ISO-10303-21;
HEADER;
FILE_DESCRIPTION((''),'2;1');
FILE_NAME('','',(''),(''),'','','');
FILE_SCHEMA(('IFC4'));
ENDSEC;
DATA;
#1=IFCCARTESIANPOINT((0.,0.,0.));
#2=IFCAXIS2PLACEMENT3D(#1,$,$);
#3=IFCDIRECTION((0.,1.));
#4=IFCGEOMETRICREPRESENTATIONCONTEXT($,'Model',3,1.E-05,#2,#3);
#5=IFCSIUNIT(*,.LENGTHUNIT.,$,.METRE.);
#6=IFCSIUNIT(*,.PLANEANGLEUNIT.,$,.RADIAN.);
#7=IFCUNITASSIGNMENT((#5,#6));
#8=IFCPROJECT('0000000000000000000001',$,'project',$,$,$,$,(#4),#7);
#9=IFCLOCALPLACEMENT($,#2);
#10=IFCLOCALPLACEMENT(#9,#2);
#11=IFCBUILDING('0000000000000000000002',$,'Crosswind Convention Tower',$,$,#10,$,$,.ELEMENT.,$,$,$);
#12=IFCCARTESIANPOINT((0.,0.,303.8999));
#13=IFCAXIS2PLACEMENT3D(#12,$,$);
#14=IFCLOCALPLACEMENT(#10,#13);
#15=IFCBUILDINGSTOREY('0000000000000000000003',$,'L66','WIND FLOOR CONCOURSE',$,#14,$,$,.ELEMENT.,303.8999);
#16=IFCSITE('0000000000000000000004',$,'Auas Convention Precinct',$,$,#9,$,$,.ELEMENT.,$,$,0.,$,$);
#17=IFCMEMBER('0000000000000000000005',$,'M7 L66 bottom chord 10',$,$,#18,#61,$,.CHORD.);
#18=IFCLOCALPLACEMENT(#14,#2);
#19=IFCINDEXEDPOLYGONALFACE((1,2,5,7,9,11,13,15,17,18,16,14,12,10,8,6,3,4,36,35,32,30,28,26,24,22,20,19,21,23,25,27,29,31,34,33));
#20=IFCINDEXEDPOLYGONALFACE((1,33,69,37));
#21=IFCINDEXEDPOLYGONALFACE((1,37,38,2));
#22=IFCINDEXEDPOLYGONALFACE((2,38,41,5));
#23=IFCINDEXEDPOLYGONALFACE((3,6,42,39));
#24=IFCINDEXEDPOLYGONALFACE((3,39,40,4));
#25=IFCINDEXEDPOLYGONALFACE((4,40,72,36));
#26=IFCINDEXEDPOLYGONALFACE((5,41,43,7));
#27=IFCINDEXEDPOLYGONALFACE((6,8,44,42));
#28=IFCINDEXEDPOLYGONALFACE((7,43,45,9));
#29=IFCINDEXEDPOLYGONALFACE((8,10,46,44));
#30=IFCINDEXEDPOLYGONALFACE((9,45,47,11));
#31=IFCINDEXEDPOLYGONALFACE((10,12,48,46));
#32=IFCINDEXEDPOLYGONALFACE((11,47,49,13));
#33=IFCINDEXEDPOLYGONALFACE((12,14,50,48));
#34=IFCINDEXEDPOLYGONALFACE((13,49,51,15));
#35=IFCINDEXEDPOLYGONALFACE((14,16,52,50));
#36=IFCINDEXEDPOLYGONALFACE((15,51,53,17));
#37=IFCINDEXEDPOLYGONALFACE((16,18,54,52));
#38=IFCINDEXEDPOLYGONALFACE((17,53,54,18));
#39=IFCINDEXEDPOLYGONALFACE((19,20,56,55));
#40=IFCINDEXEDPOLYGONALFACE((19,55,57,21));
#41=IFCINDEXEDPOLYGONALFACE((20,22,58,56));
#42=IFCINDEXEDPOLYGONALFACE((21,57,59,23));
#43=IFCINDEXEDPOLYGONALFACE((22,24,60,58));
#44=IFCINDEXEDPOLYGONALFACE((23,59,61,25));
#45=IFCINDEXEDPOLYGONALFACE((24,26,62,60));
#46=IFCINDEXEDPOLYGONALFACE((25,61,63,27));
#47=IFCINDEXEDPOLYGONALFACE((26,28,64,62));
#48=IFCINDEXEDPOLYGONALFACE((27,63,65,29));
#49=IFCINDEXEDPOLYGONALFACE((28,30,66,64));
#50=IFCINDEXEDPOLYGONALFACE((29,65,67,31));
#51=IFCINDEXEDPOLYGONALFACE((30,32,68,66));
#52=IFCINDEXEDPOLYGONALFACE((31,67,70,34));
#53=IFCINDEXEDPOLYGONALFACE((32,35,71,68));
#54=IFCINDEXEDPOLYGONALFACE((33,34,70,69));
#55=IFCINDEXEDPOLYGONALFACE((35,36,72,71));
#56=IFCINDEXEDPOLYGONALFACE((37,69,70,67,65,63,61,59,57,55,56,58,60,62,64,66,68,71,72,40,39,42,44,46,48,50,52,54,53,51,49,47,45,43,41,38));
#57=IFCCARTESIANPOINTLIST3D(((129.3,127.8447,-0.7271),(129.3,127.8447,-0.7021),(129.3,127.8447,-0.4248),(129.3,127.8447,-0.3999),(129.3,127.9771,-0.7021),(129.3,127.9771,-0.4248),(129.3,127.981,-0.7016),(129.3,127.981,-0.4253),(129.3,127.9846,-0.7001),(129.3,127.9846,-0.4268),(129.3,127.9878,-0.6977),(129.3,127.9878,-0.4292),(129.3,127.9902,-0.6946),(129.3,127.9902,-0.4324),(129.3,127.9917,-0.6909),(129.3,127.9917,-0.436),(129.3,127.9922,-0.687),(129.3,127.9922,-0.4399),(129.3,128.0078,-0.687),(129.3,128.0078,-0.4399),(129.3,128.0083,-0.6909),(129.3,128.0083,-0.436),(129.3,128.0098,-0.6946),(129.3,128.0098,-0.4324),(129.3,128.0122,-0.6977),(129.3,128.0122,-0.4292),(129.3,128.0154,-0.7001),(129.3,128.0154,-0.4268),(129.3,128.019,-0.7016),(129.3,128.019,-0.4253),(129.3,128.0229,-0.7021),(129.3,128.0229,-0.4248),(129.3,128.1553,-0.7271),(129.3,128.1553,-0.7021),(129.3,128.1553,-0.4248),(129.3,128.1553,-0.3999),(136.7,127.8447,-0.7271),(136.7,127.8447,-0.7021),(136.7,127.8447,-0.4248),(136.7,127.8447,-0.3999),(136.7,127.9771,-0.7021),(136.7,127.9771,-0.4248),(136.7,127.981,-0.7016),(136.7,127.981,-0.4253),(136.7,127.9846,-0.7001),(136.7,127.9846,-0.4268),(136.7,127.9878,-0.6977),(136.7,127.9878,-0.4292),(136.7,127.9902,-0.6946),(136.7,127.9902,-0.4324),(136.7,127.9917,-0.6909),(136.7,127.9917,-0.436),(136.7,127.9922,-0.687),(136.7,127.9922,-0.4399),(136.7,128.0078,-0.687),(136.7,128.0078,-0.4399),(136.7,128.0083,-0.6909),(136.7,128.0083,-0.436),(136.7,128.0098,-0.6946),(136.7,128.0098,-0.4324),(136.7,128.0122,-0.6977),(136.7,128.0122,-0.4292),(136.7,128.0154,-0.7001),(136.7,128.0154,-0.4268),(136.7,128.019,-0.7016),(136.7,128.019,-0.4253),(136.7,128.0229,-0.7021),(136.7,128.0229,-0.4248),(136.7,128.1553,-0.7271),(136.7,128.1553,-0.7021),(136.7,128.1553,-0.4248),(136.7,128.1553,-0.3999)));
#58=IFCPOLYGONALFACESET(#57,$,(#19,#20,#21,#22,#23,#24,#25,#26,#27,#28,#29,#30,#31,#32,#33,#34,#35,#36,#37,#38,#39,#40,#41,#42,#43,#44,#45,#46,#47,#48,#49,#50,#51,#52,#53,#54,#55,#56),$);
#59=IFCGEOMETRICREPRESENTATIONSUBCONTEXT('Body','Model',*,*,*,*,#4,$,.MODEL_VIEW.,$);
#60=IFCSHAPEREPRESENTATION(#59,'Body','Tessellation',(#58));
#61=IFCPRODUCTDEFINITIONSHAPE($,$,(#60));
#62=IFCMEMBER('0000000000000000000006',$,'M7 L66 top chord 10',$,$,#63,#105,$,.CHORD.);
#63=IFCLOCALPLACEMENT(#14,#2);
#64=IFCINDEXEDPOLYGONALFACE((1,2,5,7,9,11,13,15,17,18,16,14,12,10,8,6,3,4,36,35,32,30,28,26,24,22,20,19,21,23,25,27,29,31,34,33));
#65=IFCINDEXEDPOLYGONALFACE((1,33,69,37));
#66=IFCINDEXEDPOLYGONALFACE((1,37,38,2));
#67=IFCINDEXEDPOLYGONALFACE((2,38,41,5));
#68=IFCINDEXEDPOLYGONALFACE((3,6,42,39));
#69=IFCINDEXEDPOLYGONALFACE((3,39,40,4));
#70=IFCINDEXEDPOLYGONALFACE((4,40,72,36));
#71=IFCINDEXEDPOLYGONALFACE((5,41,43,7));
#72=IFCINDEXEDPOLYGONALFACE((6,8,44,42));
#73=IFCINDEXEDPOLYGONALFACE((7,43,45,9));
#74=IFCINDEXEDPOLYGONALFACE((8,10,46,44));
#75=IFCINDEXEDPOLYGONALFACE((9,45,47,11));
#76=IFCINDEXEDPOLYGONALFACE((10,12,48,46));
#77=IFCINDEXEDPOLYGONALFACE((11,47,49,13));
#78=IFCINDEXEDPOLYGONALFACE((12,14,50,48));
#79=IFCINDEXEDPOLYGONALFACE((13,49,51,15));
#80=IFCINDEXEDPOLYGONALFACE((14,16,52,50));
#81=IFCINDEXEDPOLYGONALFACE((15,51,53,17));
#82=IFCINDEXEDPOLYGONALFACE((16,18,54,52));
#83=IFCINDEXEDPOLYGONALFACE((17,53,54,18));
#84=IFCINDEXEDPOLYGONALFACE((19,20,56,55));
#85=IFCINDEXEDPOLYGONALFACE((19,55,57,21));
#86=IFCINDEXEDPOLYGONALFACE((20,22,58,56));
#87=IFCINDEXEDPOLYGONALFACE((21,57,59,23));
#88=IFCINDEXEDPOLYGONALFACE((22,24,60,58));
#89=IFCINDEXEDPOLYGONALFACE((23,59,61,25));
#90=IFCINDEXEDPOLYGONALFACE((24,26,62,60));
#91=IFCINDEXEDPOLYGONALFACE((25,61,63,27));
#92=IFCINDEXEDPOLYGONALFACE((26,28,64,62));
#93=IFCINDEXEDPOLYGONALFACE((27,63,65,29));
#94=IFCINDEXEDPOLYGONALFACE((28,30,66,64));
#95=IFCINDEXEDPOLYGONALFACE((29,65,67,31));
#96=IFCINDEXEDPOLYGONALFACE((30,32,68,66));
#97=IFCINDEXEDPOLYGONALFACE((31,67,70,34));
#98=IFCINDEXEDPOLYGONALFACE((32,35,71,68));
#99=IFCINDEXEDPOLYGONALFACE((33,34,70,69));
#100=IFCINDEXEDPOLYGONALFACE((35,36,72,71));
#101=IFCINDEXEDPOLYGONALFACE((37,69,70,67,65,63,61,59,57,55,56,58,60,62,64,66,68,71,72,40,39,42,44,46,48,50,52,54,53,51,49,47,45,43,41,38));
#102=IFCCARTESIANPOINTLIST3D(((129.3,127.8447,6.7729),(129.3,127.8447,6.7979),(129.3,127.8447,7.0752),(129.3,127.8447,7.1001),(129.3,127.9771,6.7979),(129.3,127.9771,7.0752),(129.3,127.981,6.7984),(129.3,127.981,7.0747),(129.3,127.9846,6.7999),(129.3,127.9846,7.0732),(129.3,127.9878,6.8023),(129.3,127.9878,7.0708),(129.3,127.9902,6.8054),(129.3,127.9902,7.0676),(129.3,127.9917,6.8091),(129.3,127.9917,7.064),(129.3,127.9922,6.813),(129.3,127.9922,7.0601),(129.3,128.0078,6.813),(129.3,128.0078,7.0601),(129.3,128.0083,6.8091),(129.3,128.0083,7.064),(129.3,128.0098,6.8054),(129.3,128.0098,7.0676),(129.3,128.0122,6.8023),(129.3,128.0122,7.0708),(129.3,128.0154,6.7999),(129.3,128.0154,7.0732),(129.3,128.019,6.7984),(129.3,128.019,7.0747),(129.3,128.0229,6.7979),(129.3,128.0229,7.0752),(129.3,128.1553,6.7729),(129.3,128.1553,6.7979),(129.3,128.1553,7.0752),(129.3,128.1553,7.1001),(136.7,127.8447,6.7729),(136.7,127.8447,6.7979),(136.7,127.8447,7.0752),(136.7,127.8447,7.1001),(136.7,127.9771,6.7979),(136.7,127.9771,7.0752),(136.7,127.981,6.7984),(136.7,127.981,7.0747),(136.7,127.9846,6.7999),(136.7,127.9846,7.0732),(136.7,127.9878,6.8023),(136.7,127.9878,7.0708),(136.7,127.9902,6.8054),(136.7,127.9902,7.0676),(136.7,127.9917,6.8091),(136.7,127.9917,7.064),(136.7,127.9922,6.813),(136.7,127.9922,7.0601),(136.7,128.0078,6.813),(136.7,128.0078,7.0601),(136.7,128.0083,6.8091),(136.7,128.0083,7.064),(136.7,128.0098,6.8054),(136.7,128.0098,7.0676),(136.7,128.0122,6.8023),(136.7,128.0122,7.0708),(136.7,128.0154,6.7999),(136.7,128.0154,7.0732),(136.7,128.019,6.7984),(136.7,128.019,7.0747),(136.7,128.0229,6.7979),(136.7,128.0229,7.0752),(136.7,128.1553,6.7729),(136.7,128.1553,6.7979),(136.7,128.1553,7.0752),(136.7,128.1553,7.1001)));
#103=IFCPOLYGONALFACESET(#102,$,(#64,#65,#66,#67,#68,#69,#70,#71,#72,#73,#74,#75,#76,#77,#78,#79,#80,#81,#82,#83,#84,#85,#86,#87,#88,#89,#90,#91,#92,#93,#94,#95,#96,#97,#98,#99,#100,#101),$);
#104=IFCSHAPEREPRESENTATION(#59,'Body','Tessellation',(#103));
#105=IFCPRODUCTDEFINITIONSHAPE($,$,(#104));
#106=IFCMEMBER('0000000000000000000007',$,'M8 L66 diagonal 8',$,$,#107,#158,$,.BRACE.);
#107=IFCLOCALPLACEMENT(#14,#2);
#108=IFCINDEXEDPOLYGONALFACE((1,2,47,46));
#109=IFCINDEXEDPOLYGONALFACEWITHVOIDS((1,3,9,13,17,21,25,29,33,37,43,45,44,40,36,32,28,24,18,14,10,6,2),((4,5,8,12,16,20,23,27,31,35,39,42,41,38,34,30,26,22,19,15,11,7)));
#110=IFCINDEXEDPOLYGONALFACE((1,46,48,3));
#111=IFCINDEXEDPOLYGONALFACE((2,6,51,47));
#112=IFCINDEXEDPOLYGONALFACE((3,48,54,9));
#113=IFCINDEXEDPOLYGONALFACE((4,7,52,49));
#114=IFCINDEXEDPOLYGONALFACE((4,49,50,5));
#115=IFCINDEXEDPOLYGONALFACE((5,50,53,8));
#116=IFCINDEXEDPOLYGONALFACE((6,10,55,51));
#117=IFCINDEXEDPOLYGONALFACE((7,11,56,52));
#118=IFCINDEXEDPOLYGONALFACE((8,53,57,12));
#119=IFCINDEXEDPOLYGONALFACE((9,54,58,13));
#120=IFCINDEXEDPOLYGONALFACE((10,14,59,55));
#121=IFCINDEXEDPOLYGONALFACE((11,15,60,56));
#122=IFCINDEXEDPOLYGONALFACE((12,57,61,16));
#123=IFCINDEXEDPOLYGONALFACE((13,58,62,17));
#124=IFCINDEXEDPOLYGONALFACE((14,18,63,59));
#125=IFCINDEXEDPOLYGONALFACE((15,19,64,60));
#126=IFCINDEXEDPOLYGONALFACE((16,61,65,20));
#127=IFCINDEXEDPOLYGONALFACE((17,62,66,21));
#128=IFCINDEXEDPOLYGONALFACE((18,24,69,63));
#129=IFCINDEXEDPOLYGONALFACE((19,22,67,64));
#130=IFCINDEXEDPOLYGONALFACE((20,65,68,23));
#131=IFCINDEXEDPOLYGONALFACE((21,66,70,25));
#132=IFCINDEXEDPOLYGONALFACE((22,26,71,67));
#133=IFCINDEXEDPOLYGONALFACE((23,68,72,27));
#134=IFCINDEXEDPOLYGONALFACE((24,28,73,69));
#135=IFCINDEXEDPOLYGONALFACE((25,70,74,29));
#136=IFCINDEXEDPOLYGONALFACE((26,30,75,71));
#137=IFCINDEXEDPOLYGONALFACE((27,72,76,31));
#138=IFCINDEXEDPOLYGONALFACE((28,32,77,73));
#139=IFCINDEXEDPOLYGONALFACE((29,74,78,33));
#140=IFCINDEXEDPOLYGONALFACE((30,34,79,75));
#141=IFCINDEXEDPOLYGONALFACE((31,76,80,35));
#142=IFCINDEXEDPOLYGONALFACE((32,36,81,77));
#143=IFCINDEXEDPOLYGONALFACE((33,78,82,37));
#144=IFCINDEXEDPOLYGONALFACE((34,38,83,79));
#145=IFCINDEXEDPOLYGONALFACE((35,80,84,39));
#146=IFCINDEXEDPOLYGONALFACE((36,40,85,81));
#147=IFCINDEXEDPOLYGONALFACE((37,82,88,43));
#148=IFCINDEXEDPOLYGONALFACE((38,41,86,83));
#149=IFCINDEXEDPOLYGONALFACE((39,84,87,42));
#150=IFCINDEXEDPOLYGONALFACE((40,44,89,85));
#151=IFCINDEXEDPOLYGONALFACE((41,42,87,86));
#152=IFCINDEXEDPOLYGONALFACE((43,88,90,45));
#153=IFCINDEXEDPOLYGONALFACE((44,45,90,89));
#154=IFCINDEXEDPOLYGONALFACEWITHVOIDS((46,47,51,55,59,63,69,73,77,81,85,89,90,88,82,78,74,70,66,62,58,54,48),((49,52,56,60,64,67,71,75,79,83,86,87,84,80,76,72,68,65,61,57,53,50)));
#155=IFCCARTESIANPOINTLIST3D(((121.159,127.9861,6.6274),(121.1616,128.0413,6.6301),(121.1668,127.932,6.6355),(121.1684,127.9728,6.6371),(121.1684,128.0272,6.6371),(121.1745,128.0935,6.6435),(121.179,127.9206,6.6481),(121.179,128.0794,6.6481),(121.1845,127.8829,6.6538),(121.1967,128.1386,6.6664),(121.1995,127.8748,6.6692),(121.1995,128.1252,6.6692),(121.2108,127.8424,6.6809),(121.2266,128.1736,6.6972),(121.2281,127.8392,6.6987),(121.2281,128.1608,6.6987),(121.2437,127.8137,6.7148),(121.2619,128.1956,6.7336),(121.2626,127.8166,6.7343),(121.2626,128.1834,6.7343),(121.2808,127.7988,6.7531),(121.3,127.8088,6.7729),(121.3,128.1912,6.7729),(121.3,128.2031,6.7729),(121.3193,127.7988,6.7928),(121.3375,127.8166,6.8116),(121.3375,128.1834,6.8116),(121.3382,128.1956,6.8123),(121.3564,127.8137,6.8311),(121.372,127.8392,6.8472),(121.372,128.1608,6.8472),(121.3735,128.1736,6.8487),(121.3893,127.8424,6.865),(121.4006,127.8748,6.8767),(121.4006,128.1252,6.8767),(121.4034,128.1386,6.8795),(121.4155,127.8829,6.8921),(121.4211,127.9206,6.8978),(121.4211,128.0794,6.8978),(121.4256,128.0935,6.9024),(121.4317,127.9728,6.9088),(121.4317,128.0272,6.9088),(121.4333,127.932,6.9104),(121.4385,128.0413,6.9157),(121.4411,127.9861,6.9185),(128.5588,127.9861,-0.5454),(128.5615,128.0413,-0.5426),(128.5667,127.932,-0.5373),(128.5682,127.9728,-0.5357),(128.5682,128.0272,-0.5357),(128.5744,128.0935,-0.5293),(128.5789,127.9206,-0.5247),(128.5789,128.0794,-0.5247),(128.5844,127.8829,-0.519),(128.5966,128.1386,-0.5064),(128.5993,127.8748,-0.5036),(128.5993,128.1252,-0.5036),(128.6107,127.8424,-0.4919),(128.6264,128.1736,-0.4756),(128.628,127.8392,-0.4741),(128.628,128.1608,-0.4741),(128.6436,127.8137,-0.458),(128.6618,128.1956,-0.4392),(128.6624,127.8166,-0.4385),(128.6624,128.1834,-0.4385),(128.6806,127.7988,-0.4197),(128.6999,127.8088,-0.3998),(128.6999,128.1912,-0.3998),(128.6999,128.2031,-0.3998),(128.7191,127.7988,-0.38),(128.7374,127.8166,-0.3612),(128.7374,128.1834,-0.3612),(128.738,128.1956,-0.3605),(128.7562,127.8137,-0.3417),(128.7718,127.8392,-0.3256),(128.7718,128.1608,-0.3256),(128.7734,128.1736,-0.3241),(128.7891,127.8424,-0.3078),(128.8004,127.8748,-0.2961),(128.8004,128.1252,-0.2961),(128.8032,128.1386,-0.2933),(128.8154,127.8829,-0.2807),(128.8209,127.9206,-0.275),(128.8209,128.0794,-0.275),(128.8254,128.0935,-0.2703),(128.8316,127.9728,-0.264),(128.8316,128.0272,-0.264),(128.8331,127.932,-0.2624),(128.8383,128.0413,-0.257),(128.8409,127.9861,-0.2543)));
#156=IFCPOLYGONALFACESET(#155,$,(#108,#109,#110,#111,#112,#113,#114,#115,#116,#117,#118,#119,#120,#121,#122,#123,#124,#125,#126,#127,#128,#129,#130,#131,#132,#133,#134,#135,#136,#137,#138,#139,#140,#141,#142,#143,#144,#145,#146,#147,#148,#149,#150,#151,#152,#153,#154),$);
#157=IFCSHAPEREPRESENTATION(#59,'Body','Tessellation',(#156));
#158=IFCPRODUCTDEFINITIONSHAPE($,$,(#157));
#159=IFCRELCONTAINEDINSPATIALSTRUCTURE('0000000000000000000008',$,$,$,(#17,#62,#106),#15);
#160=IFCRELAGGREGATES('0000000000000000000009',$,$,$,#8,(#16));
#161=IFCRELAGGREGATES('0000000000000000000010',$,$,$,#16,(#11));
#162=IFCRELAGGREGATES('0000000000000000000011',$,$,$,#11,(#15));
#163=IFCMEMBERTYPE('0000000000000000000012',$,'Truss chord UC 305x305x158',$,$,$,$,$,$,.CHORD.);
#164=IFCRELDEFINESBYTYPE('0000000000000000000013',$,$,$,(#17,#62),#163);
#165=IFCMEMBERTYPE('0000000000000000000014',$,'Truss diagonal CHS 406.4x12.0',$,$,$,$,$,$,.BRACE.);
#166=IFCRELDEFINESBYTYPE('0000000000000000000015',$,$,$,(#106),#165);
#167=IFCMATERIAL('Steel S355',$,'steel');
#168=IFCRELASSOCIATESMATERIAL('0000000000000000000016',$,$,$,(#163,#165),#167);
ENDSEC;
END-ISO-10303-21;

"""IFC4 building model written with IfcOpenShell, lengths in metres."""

from ifc_helpers import new_model, si_unit, direction, frame, origin, origin_2d, place, context, subcontext, project, spatial, hollow_circle, i_section, extrude, material, material_profile, profile_set, type_object, element, save


model = new_model("IFC4")

# Units and contexts
model_context = context("Model", 3, precision=1e-05, world=origin(), true_north=direction((0.0, 1.0)))
body_context = subcontext(model_context, "Body", "Model", "MODEL_VIEW")
ifc_project = project(units=[si_unit("LENGTHUNIT", "METRE"), si_unit("PLANEANGLEUNIT", "RADIAN")], contexts=[model_context])

# Site, building, storey
site_placement = place(None, origin())
site = spatial("IfcSite", under=ifc_project, at=site_placement, Name="Auas Convention Precinct", CompositionType="ELEMENT", RefElevation=0.0)
building_placement = place(site_placement, origin())
building = spatial("IfcBuilding", under=site, at=building_placement, Name="Crosswind Convention Tower", CompositionType="ELEMENT")
storey_placement = place(building_placement, frame((0.0, 0.0, 303.8999)))
storey = spatial("IfcBuildingStorey", under=building, at=storey_placement, Name="L66", Description="WIND FLOOR CONCOURSE", CompositionType="ELEMENT", Elevation=303.8999)

# Shared definitions
ifc_material_1 = material(Name="Steel S355", Category="steel")

# Members
ifc_material_profile_1 = material_profile(ifc_material_1, i_section(OverallWidth=0.3105, OverallDepth=0.3271, WebThickness=0.0156, FlangeThickness=0.0249, FilletRadius=0.0151, at=origin_2d()), Name="UC 305x305x158")
ifc_profile_set_1 = profile_set([ifc_material_profile_1], Name="Steel S355")
member_type_1 = type_object("IfcMemberType", Name="Truss chord UC 305x305x158", PredefinedType="CHORD", material=ifc_profile_set_1)
for number, where, z_axis, x_axis, name in (
    (1, (129.3, 128.0, -0.5635), (1.0, 0.0, 0.0), (0.0, 1.0, 0.0), "M7 L66 bottom chord 10"),
    (2, (129.3, 128.0, 6.9365), (1.0, 0.0, 0.0), (0.0, 1.0, 0.0), "M7 L66 top chord 10"),
):
    element("IfcMember", number, at=place(storey_placement, frame(where, z_axis=z_axis, x_axis=x_axis)), inside=storey, type_object=member_type_1, Name=name, PredefinedType="CHORD", context=body_context, shape_type="SweptSolid", body=[
        extrude(i_section(OverallWidth=0.3105, OverallDepth=0.3271, WebThickness=0.0156, FlangeThickness=0.0249, FilletRadius=0.0151, at=origin_2d()), origin(), (0.0, 0.0, 1.0), 7.3999),
    ])
ifc_material_profile_2 = material_profile(ifc_material_1, hollow_circle(Radius=0.2031, WallThickness=0.012, at=origin_2d()), Name="CHS 406.4x12.0")
ifc_profile_set_2 = profile_set([ifc_material_profile_2], Name="Steel S355")
member_type_2 = type_object("IfcMemberType", Name="Truss diagonal CHS 406.4x12.0", PredefinedType="BRACE", material=ifc_profile_set_2)
for number, where, z_axis, x_axis, name in (
    (3, (121.3, 128.0, 6.7729), (0.718037, 0.0, -0.696005), (0.0, 1.0, 0.0), "M8 L66 diagonal 8"),
):
    element("IfcMember", number, at=place(storey_placement, frame(where, z_axis=z_axis, x_axis=x_axis)), inside=storey, type_object=member_type_2, Name=name, PredefinedType="BRACE", context=body_context, shape_type="SweptSolid", body=[
        extrude(hollow_circle(Radius=0.2031, WallThickness=0.012, at=origin_2d()), origin(), (0.0, 0.0, 1.0), 10.3057),
    ])

save(model, "model.ifc")
